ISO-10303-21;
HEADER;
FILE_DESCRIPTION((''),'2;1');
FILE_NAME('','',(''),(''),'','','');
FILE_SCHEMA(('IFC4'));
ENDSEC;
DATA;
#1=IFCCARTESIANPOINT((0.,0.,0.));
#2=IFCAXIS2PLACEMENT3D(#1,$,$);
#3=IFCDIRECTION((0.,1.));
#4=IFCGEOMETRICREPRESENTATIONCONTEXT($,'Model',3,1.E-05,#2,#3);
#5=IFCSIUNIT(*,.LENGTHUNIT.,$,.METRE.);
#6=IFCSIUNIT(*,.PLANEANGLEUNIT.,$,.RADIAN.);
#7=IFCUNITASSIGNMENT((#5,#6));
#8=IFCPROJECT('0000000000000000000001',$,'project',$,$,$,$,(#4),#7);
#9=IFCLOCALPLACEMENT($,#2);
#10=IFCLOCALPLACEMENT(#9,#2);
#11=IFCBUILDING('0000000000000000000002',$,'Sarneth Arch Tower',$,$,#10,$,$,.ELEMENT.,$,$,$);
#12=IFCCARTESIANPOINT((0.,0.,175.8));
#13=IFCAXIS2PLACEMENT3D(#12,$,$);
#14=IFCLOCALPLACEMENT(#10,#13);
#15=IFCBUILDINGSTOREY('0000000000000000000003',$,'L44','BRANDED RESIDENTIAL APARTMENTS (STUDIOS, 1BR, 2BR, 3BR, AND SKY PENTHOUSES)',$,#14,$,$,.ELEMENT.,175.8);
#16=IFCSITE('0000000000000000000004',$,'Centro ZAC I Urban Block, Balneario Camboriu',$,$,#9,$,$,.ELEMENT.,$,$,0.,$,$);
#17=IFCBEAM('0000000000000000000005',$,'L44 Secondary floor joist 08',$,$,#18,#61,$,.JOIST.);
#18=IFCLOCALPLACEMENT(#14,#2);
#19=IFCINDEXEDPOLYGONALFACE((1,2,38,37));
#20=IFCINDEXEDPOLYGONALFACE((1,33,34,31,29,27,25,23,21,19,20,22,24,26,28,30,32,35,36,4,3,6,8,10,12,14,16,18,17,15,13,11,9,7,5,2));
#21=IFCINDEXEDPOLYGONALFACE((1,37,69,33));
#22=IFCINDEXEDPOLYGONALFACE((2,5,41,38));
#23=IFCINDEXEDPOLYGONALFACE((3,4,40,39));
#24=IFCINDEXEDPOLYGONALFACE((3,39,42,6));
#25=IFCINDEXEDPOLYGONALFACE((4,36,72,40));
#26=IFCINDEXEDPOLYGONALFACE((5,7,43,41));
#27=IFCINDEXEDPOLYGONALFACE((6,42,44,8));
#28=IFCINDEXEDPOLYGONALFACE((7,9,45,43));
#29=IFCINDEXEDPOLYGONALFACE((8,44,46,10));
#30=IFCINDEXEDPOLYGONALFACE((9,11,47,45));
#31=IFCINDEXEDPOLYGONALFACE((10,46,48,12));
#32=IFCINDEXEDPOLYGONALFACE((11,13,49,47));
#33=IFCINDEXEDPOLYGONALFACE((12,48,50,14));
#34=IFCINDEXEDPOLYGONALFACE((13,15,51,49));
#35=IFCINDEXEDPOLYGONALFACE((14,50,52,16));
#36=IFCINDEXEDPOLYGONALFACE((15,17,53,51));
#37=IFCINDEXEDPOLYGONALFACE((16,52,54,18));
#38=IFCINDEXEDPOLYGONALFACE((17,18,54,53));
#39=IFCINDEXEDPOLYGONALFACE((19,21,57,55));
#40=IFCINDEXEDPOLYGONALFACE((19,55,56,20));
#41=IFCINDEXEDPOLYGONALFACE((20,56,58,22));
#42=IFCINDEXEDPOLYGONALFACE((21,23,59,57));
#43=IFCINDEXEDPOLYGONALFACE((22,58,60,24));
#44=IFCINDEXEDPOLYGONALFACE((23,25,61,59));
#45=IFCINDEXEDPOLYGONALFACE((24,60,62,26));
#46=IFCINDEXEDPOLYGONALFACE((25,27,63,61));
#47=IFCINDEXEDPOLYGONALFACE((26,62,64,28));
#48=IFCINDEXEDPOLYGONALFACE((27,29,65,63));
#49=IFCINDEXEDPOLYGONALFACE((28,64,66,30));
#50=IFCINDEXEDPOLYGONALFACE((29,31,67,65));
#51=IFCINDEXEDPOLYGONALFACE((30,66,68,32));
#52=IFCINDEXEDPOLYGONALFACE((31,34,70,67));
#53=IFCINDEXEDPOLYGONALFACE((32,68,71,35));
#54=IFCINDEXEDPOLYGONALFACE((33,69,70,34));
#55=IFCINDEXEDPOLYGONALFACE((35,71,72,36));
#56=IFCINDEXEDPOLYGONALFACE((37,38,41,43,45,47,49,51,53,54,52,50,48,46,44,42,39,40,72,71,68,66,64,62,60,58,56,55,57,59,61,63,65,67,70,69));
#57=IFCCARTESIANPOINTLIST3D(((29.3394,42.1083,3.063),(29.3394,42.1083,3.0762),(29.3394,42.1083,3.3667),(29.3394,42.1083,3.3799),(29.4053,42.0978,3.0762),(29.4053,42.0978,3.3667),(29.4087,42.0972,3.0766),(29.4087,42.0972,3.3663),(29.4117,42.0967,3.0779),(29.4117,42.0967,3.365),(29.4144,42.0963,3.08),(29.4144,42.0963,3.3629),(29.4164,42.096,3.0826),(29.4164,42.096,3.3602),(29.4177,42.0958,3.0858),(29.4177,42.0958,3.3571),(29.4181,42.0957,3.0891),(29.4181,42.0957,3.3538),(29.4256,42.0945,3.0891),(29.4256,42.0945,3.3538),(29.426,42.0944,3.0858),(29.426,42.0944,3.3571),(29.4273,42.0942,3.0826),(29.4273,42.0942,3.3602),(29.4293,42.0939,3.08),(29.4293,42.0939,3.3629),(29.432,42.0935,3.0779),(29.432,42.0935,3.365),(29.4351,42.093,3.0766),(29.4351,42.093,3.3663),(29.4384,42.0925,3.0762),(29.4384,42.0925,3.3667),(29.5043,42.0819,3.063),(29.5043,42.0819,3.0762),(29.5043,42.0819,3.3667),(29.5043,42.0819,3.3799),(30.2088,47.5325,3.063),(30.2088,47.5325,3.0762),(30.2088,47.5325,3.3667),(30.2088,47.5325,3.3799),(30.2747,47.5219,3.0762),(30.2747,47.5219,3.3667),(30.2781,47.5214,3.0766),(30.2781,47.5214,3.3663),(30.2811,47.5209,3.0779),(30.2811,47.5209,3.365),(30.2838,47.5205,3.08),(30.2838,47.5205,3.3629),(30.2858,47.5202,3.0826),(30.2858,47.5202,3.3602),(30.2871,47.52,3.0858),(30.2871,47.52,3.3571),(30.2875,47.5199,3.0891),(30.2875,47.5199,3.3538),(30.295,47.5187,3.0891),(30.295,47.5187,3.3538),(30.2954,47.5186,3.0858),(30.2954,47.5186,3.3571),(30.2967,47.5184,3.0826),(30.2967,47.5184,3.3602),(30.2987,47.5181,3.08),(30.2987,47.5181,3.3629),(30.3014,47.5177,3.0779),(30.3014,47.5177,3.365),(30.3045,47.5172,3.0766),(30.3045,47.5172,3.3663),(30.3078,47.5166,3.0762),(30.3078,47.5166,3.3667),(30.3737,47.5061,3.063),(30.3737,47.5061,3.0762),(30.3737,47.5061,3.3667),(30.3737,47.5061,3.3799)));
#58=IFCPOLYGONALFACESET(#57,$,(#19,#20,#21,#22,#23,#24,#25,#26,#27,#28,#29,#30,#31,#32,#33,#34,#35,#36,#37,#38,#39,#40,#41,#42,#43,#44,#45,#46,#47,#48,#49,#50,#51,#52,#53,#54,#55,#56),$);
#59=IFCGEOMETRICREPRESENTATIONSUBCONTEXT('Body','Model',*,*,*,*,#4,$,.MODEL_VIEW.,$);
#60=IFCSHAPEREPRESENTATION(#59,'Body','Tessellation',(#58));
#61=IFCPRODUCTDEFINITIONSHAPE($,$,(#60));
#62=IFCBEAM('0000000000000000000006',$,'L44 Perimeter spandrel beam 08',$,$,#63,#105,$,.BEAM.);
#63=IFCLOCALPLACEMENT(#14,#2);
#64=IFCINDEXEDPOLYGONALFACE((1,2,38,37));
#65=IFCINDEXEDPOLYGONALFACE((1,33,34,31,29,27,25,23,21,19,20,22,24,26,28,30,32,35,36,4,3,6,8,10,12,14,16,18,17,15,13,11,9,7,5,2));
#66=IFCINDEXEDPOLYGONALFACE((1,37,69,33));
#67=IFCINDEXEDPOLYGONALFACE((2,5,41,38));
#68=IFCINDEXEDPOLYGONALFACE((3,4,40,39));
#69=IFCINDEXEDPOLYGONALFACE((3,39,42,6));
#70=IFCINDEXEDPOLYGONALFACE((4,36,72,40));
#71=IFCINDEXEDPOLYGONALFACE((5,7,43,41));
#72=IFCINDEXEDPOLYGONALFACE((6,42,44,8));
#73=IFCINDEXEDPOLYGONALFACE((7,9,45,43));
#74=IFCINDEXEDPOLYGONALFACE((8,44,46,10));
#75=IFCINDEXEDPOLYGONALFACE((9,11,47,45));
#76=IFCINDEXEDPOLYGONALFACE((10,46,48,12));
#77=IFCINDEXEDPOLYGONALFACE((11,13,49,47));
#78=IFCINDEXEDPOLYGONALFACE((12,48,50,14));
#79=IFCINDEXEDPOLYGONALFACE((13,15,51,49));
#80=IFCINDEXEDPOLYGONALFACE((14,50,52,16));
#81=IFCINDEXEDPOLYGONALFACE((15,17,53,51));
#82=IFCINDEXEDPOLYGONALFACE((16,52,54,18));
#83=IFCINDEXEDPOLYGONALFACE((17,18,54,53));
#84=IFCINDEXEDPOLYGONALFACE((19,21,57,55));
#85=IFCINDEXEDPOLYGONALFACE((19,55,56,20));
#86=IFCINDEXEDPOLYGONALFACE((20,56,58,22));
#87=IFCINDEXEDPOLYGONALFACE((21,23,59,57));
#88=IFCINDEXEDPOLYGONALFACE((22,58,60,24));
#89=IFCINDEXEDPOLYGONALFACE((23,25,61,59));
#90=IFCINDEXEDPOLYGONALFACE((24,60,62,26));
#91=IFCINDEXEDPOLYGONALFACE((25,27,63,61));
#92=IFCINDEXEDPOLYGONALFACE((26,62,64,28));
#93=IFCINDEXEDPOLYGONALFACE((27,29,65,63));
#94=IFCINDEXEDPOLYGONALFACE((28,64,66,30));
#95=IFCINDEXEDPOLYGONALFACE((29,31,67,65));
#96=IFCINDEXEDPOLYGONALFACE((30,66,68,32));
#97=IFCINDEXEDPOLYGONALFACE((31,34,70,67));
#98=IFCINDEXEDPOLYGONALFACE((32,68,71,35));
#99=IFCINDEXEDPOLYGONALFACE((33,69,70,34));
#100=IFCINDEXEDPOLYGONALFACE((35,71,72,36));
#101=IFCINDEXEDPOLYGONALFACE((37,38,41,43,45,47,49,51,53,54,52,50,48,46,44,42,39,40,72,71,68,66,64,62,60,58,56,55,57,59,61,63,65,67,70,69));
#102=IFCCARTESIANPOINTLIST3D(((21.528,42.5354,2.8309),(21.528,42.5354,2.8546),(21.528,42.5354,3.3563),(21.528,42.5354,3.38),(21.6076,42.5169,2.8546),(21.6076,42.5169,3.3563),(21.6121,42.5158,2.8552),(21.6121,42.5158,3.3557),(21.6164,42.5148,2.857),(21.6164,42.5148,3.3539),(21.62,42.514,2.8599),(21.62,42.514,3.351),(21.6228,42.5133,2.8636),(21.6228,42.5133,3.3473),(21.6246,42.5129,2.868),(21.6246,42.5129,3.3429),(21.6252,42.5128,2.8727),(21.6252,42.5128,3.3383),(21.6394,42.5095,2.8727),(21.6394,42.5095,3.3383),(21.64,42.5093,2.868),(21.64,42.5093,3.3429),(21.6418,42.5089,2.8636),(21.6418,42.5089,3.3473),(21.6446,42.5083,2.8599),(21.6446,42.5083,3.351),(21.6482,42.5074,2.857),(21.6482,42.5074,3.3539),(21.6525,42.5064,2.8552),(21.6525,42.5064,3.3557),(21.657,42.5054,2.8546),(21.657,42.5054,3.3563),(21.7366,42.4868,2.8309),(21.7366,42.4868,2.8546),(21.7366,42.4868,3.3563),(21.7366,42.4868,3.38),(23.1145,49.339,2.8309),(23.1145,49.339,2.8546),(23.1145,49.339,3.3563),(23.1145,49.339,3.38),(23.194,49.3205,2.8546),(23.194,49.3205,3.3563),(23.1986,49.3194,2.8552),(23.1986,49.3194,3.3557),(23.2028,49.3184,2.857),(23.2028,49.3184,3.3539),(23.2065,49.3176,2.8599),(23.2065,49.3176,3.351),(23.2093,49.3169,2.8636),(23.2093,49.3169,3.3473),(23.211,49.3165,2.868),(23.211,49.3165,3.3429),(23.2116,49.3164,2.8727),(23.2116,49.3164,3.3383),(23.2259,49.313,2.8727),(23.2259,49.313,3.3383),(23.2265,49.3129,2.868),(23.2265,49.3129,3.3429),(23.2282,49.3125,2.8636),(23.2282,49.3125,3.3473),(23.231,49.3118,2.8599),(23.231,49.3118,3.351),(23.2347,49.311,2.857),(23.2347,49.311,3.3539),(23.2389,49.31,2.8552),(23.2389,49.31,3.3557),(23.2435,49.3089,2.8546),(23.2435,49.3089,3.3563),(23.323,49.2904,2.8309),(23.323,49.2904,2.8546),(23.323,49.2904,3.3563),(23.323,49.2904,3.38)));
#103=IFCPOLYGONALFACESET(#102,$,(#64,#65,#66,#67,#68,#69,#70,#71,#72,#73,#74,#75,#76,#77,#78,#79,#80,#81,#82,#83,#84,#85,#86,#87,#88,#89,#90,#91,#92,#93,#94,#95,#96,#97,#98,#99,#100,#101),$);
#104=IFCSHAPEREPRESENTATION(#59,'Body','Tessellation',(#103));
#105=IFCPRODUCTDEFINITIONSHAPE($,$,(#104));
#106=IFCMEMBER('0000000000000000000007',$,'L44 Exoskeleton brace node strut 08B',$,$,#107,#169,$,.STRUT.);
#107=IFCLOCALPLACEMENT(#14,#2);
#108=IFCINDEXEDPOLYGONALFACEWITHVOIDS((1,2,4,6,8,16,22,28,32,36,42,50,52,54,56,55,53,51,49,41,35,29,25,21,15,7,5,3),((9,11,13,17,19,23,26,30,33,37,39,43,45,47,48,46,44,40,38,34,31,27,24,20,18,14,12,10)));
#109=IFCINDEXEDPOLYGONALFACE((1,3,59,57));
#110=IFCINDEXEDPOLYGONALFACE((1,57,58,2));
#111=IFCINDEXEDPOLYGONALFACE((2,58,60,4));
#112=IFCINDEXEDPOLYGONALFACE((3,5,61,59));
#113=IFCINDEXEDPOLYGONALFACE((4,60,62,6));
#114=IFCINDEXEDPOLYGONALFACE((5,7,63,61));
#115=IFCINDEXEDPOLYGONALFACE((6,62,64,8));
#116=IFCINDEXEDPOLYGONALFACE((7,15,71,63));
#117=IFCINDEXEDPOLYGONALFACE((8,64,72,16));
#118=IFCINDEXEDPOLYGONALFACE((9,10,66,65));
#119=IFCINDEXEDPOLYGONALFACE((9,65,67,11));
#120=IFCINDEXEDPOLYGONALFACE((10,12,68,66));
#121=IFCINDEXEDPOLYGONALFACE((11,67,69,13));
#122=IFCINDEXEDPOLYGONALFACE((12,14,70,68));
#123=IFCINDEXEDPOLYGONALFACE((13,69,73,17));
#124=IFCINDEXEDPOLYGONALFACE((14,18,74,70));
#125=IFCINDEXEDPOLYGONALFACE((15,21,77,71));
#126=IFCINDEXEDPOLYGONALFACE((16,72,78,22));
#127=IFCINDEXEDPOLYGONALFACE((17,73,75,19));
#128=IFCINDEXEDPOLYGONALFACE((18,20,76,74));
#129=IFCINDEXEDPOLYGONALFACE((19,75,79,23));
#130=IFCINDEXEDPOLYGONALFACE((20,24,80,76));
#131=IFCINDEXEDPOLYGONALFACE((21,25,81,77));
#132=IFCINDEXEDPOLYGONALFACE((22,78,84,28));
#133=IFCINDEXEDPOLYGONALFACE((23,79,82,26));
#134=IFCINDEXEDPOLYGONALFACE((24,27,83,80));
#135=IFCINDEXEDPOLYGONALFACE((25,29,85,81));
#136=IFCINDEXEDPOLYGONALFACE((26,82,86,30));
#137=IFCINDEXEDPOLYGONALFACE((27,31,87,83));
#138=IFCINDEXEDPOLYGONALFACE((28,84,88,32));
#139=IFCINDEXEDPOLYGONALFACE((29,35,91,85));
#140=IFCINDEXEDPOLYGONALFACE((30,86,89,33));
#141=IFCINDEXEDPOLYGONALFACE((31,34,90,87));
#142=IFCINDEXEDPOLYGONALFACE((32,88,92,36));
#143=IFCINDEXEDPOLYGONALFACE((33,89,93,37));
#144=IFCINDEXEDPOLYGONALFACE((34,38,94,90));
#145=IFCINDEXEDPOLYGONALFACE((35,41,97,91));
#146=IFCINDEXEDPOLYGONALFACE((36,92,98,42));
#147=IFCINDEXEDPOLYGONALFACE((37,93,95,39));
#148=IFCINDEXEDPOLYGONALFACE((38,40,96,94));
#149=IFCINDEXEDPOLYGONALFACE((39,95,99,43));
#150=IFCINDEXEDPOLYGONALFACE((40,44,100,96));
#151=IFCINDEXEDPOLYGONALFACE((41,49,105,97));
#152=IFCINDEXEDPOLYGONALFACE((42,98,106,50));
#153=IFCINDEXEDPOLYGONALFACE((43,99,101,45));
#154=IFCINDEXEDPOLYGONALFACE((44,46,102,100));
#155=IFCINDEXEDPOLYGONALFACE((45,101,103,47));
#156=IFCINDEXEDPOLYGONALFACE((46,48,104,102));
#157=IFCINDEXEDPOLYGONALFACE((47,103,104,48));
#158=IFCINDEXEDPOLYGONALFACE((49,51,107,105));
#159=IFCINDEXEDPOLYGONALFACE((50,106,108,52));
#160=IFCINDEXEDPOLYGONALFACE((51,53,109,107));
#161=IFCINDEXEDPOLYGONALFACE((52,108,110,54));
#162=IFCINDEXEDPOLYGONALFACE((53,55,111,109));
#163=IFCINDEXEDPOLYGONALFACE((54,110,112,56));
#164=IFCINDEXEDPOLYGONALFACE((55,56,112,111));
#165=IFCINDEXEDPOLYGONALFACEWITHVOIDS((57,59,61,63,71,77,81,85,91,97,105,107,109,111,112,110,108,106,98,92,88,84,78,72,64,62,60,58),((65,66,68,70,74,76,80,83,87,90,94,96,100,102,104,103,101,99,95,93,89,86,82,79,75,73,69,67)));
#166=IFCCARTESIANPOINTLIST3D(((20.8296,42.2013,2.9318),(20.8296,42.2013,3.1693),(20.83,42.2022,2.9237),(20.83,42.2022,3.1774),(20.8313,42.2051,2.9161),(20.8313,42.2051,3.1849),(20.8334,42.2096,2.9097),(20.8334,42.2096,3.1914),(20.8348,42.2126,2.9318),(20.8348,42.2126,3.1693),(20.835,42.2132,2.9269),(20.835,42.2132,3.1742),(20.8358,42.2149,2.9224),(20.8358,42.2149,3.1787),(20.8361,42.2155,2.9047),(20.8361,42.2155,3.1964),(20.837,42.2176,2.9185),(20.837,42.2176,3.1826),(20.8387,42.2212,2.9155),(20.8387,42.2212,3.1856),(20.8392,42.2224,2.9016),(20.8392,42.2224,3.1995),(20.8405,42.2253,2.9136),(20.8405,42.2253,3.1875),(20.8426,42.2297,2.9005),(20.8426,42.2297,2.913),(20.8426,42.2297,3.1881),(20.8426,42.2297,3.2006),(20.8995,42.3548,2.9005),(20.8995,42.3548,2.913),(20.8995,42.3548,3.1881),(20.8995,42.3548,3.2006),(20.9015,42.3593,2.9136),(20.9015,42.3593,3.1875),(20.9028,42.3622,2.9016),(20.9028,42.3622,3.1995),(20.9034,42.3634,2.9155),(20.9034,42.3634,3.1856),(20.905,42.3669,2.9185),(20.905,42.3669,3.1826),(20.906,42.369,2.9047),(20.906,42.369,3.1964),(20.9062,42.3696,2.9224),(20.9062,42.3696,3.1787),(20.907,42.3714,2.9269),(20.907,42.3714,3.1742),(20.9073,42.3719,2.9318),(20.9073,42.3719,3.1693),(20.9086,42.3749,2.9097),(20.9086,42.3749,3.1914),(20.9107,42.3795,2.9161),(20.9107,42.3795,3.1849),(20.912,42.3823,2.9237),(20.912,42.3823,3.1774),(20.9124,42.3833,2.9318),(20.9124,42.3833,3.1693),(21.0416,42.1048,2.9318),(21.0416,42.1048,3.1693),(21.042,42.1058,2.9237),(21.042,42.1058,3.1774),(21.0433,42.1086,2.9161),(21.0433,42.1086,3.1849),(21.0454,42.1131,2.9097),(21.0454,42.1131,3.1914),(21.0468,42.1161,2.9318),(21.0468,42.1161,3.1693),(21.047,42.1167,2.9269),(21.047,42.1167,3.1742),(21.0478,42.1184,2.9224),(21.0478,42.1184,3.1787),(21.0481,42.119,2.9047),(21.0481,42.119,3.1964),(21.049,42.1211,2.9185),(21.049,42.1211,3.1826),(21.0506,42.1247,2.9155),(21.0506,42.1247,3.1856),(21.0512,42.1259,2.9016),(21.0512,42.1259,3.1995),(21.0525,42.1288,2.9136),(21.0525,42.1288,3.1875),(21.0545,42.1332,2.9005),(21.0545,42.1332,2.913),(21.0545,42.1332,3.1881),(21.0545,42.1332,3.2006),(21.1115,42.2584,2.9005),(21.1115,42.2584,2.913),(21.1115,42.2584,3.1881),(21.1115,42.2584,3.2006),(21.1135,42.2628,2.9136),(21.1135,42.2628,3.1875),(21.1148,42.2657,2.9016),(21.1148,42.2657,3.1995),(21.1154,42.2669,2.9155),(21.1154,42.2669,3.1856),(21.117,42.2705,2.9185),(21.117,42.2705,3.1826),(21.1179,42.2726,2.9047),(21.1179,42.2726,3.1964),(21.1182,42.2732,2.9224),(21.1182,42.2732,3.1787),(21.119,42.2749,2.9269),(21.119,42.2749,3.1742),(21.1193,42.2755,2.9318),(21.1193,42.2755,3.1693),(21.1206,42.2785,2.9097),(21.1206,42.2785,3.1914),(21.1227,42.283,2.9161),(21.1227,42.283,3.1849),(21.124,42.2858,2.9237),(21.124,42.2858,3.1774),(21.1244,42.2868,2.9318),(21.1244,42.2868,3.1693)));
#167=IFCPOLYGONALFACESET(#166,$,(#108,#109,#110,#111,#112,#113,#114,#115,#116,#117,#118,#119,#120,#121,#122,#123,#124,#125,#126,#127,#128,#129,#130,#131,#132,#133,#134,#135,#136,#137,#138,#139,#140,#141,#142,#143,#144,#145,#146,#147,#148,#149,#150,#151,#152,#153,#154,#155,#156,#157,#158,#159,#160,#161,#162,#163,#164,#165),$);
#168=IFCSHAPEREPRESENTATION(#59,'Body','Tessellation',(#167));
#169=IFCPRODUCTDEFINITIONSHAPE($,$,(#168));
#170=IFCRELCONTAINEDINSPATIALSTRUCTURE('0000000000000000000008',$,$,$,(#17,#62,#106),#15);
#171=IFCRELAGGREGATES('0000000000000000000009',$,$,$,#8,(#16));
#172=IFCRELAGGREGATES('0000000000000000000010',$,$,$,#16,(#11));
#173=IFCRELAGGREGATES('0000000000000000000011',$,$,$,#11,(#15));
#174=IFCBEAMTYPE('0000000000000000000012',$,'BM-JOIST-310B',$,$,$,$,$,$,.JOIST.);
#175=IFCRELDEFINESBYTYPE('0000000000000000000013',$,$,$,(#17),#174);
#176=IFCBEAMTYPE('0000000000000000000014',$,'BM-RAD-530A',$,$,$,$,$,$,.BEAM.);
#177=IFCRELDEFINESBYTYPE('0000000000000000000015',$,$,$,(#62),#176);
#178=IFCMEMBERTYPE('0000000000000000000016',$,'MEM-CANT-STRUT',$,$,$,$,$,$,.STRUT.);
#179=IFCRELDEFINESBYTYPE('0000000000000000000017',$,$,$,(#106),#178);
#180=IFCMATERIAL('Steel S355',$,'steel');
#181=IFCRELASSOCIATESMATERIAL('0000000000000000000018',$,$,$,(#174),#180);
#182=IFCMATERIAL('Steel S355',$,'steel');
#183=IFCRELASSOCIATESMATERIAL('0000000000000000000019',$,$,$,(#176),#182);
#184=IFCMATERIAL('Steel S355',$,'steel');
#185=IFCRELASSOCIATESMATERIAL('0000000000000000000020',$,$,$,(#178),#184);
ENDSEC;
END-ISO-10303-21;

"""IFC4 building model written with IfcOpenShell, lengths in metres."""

from ifc_helpers import new_model, si_unit, direction, frame, origin, origin_2d, place, context, subcontext, project, spatial, hollow_rectangle, i_section, extrude, material, material_profile, profile_set, type_object, element, save


model = new_model("IFC4")

# Units and contexts
model_context = context("Model", 3, precision=1e-05, world=origin(), true_north=direction((0.0, 1.0)))
body_context = subcontext(model_context, "Body", "Model", "MODEL_VIEW")
ifc_project = project(units=[si_unit("LENGTHUNIT", "METRE"), si_unit("PLANEANGLEUNIT", "RADIAN")], contexts=[model_context])

# Site, building, storey
site_placement = place(None, origin())
site = spatial("IfcSite", under=ifc_project, at=site_placement, Name="Centro ZAC I Urban Block, Balneario Camboriu", CompositionType="ELEMENT", RefElevation=0.0)
building_placement = place(site_placement, origin())
building = spatial("IfcBuilding", under=site, at=building_placement, Name="Sarneth Arch Tower", CompositionType="ELEMENT")
storey_placement = place(building_placement, frame((0.0, 0.0, 175.8)))
storey = spatial("IfcBuildingStorey", under=building, at=storey_placement, Name="L44", Description="BRANDED RESIDENTIAL APARTMENTS (STUDIOS, 1BR, 2BR, 3BR, AND SKY PENTHOUSES)", CompositionType="ELEMENT", Elevation=175.8)

# Beams
ifc_material_1 = material(Name="Steel S355", Category="steel")
ifc_material_profile_1 = material_profile(ifc_material_1, i_section(OverallWidth=0.167, OverallDepth=0.3169, WebThickness=0.0076, FlangeThickness=0.0132, FilletRadius=0.0129, at=origin_2d()), Name="W310x52")
ifc_profile_set_1 = profile_set([ifc_material_profile_1], Name="Steel S355")
beam_type_1 = type_object("IfcBeamType", Name="BM-JOIST-310B", PredefinedType="JOIST", material=ifc_profile_set_1)
beam_1_placement = place(storey_placement, frame((30.2913, 47.5193, 3.2214), z_axis=(-0.158263, -0.987397, 0.0), x_axis=(0.987397, -0.158263, 0.0)))
element("IfcBeam", 1, at=beam_1_placement, inside=storey, type_object=beam_type_1, Name="L44 Secondary floor joist 08", PredefinedType="JOIST", context=body_context, shape_type="SweptSolid", body=[
    extrude(i_section(OverallWidth=0.167, OverallDepth=0.3169, WebThickness=0.0076, FlangeThickness=0.0132, FilletRadius=0.0129, at=origin_2d()), origin(), (0.0, 0.0, 1.0), 5.4934),
])
ifc_material_2 = material(Name="Steel S355", Category="steel")
ifc_material_profile_2 = material_profile(ifc_material_2, i_section(OverallWidth=0.2141, OverallDepth=0.5491, WebThickness=0.0146, FlangeThickness=0.0237, FilletRadius=0.0181, at=origin_2d()), Name="W530x138")
ifc_profile_set_2 = profile_set([ifc_material_profile_2], Name="Steel S355")
beam_type_2 = type_object("IfcBeamType", Name="BM-RAD-530A", PredefinedType="BEAM", material=ifc_profile_set_2)
beam_2_placement = place(storey_placement, frame((23.2188, 49.3147, 3.1055), z_axis=(-0.227087, -0.973874, 0.0), x_axis=(0.973874, -0.227087, 0.0)))
element("IfcBeam", 2, at=beam_2_placement, inside=storey, type_object=beam_type_2, Name="L44 Perimeter spandrel beam 08", PredefinedType="BEAM", context=body_context, shape_type="SweptSolid", body=[
    extrude(i_section(OverallWidth=0.2141, OverallDepth=0.5491, WebThickness=0.0146, FlangeThickness=0.0237, FilletRadius=0.0181, at=origin_2d()), origin(), (0.0, 0.0, 1.0), 6.9861),
])

# Member
ifc_material_3 = material(Name="Steel S355", Category="steel")
ifc_material_profile_3 = material_profile(ifc_material_3, hollow_rectangle(XDim=0.2, YDim=0.3, WallThickness=0.0125, InnerFilletRadius=0.0188, OuterFilletRadius=0.0312, at=origin_2d()), Name="RHS300x200x12.5")
ifc_profile_set_3 = profile_set([ifc_material_profile_3], Name="Steel S355")
member_type_1 = type_object("IfcMemberType", Name="MEM-CANT-STRUT", PredefinedType="STRUT", material=ifc_profile_set_3)
member_1_placement = place(storey_placement, frame((21.083, 42.1958, 3.0505), z_axis=(-0.910187, 0.414198, 0.0), x_axis=(-0.414198, -0.910187, 0.0)))
element("IfcMember", 3, at=member_1_placement, inside=storey, type_object=member_type_1, Name="L44 Exoskeleton brace node strut 08B", PredefinedType="STRUT", context=body_context, shape_type="SweptSolid", body=[
    extrude(hollow_rectangle(XDim=0.2, YDim=0.3, WallThickness=0.0125, InnerFilletRadius=0.0188, OuterFilletRadius=0.0312, at=origin_2d()), origin(), (0.0, 0.0, 1.0), 0.2329),
])

save(model, "model.ifc")
